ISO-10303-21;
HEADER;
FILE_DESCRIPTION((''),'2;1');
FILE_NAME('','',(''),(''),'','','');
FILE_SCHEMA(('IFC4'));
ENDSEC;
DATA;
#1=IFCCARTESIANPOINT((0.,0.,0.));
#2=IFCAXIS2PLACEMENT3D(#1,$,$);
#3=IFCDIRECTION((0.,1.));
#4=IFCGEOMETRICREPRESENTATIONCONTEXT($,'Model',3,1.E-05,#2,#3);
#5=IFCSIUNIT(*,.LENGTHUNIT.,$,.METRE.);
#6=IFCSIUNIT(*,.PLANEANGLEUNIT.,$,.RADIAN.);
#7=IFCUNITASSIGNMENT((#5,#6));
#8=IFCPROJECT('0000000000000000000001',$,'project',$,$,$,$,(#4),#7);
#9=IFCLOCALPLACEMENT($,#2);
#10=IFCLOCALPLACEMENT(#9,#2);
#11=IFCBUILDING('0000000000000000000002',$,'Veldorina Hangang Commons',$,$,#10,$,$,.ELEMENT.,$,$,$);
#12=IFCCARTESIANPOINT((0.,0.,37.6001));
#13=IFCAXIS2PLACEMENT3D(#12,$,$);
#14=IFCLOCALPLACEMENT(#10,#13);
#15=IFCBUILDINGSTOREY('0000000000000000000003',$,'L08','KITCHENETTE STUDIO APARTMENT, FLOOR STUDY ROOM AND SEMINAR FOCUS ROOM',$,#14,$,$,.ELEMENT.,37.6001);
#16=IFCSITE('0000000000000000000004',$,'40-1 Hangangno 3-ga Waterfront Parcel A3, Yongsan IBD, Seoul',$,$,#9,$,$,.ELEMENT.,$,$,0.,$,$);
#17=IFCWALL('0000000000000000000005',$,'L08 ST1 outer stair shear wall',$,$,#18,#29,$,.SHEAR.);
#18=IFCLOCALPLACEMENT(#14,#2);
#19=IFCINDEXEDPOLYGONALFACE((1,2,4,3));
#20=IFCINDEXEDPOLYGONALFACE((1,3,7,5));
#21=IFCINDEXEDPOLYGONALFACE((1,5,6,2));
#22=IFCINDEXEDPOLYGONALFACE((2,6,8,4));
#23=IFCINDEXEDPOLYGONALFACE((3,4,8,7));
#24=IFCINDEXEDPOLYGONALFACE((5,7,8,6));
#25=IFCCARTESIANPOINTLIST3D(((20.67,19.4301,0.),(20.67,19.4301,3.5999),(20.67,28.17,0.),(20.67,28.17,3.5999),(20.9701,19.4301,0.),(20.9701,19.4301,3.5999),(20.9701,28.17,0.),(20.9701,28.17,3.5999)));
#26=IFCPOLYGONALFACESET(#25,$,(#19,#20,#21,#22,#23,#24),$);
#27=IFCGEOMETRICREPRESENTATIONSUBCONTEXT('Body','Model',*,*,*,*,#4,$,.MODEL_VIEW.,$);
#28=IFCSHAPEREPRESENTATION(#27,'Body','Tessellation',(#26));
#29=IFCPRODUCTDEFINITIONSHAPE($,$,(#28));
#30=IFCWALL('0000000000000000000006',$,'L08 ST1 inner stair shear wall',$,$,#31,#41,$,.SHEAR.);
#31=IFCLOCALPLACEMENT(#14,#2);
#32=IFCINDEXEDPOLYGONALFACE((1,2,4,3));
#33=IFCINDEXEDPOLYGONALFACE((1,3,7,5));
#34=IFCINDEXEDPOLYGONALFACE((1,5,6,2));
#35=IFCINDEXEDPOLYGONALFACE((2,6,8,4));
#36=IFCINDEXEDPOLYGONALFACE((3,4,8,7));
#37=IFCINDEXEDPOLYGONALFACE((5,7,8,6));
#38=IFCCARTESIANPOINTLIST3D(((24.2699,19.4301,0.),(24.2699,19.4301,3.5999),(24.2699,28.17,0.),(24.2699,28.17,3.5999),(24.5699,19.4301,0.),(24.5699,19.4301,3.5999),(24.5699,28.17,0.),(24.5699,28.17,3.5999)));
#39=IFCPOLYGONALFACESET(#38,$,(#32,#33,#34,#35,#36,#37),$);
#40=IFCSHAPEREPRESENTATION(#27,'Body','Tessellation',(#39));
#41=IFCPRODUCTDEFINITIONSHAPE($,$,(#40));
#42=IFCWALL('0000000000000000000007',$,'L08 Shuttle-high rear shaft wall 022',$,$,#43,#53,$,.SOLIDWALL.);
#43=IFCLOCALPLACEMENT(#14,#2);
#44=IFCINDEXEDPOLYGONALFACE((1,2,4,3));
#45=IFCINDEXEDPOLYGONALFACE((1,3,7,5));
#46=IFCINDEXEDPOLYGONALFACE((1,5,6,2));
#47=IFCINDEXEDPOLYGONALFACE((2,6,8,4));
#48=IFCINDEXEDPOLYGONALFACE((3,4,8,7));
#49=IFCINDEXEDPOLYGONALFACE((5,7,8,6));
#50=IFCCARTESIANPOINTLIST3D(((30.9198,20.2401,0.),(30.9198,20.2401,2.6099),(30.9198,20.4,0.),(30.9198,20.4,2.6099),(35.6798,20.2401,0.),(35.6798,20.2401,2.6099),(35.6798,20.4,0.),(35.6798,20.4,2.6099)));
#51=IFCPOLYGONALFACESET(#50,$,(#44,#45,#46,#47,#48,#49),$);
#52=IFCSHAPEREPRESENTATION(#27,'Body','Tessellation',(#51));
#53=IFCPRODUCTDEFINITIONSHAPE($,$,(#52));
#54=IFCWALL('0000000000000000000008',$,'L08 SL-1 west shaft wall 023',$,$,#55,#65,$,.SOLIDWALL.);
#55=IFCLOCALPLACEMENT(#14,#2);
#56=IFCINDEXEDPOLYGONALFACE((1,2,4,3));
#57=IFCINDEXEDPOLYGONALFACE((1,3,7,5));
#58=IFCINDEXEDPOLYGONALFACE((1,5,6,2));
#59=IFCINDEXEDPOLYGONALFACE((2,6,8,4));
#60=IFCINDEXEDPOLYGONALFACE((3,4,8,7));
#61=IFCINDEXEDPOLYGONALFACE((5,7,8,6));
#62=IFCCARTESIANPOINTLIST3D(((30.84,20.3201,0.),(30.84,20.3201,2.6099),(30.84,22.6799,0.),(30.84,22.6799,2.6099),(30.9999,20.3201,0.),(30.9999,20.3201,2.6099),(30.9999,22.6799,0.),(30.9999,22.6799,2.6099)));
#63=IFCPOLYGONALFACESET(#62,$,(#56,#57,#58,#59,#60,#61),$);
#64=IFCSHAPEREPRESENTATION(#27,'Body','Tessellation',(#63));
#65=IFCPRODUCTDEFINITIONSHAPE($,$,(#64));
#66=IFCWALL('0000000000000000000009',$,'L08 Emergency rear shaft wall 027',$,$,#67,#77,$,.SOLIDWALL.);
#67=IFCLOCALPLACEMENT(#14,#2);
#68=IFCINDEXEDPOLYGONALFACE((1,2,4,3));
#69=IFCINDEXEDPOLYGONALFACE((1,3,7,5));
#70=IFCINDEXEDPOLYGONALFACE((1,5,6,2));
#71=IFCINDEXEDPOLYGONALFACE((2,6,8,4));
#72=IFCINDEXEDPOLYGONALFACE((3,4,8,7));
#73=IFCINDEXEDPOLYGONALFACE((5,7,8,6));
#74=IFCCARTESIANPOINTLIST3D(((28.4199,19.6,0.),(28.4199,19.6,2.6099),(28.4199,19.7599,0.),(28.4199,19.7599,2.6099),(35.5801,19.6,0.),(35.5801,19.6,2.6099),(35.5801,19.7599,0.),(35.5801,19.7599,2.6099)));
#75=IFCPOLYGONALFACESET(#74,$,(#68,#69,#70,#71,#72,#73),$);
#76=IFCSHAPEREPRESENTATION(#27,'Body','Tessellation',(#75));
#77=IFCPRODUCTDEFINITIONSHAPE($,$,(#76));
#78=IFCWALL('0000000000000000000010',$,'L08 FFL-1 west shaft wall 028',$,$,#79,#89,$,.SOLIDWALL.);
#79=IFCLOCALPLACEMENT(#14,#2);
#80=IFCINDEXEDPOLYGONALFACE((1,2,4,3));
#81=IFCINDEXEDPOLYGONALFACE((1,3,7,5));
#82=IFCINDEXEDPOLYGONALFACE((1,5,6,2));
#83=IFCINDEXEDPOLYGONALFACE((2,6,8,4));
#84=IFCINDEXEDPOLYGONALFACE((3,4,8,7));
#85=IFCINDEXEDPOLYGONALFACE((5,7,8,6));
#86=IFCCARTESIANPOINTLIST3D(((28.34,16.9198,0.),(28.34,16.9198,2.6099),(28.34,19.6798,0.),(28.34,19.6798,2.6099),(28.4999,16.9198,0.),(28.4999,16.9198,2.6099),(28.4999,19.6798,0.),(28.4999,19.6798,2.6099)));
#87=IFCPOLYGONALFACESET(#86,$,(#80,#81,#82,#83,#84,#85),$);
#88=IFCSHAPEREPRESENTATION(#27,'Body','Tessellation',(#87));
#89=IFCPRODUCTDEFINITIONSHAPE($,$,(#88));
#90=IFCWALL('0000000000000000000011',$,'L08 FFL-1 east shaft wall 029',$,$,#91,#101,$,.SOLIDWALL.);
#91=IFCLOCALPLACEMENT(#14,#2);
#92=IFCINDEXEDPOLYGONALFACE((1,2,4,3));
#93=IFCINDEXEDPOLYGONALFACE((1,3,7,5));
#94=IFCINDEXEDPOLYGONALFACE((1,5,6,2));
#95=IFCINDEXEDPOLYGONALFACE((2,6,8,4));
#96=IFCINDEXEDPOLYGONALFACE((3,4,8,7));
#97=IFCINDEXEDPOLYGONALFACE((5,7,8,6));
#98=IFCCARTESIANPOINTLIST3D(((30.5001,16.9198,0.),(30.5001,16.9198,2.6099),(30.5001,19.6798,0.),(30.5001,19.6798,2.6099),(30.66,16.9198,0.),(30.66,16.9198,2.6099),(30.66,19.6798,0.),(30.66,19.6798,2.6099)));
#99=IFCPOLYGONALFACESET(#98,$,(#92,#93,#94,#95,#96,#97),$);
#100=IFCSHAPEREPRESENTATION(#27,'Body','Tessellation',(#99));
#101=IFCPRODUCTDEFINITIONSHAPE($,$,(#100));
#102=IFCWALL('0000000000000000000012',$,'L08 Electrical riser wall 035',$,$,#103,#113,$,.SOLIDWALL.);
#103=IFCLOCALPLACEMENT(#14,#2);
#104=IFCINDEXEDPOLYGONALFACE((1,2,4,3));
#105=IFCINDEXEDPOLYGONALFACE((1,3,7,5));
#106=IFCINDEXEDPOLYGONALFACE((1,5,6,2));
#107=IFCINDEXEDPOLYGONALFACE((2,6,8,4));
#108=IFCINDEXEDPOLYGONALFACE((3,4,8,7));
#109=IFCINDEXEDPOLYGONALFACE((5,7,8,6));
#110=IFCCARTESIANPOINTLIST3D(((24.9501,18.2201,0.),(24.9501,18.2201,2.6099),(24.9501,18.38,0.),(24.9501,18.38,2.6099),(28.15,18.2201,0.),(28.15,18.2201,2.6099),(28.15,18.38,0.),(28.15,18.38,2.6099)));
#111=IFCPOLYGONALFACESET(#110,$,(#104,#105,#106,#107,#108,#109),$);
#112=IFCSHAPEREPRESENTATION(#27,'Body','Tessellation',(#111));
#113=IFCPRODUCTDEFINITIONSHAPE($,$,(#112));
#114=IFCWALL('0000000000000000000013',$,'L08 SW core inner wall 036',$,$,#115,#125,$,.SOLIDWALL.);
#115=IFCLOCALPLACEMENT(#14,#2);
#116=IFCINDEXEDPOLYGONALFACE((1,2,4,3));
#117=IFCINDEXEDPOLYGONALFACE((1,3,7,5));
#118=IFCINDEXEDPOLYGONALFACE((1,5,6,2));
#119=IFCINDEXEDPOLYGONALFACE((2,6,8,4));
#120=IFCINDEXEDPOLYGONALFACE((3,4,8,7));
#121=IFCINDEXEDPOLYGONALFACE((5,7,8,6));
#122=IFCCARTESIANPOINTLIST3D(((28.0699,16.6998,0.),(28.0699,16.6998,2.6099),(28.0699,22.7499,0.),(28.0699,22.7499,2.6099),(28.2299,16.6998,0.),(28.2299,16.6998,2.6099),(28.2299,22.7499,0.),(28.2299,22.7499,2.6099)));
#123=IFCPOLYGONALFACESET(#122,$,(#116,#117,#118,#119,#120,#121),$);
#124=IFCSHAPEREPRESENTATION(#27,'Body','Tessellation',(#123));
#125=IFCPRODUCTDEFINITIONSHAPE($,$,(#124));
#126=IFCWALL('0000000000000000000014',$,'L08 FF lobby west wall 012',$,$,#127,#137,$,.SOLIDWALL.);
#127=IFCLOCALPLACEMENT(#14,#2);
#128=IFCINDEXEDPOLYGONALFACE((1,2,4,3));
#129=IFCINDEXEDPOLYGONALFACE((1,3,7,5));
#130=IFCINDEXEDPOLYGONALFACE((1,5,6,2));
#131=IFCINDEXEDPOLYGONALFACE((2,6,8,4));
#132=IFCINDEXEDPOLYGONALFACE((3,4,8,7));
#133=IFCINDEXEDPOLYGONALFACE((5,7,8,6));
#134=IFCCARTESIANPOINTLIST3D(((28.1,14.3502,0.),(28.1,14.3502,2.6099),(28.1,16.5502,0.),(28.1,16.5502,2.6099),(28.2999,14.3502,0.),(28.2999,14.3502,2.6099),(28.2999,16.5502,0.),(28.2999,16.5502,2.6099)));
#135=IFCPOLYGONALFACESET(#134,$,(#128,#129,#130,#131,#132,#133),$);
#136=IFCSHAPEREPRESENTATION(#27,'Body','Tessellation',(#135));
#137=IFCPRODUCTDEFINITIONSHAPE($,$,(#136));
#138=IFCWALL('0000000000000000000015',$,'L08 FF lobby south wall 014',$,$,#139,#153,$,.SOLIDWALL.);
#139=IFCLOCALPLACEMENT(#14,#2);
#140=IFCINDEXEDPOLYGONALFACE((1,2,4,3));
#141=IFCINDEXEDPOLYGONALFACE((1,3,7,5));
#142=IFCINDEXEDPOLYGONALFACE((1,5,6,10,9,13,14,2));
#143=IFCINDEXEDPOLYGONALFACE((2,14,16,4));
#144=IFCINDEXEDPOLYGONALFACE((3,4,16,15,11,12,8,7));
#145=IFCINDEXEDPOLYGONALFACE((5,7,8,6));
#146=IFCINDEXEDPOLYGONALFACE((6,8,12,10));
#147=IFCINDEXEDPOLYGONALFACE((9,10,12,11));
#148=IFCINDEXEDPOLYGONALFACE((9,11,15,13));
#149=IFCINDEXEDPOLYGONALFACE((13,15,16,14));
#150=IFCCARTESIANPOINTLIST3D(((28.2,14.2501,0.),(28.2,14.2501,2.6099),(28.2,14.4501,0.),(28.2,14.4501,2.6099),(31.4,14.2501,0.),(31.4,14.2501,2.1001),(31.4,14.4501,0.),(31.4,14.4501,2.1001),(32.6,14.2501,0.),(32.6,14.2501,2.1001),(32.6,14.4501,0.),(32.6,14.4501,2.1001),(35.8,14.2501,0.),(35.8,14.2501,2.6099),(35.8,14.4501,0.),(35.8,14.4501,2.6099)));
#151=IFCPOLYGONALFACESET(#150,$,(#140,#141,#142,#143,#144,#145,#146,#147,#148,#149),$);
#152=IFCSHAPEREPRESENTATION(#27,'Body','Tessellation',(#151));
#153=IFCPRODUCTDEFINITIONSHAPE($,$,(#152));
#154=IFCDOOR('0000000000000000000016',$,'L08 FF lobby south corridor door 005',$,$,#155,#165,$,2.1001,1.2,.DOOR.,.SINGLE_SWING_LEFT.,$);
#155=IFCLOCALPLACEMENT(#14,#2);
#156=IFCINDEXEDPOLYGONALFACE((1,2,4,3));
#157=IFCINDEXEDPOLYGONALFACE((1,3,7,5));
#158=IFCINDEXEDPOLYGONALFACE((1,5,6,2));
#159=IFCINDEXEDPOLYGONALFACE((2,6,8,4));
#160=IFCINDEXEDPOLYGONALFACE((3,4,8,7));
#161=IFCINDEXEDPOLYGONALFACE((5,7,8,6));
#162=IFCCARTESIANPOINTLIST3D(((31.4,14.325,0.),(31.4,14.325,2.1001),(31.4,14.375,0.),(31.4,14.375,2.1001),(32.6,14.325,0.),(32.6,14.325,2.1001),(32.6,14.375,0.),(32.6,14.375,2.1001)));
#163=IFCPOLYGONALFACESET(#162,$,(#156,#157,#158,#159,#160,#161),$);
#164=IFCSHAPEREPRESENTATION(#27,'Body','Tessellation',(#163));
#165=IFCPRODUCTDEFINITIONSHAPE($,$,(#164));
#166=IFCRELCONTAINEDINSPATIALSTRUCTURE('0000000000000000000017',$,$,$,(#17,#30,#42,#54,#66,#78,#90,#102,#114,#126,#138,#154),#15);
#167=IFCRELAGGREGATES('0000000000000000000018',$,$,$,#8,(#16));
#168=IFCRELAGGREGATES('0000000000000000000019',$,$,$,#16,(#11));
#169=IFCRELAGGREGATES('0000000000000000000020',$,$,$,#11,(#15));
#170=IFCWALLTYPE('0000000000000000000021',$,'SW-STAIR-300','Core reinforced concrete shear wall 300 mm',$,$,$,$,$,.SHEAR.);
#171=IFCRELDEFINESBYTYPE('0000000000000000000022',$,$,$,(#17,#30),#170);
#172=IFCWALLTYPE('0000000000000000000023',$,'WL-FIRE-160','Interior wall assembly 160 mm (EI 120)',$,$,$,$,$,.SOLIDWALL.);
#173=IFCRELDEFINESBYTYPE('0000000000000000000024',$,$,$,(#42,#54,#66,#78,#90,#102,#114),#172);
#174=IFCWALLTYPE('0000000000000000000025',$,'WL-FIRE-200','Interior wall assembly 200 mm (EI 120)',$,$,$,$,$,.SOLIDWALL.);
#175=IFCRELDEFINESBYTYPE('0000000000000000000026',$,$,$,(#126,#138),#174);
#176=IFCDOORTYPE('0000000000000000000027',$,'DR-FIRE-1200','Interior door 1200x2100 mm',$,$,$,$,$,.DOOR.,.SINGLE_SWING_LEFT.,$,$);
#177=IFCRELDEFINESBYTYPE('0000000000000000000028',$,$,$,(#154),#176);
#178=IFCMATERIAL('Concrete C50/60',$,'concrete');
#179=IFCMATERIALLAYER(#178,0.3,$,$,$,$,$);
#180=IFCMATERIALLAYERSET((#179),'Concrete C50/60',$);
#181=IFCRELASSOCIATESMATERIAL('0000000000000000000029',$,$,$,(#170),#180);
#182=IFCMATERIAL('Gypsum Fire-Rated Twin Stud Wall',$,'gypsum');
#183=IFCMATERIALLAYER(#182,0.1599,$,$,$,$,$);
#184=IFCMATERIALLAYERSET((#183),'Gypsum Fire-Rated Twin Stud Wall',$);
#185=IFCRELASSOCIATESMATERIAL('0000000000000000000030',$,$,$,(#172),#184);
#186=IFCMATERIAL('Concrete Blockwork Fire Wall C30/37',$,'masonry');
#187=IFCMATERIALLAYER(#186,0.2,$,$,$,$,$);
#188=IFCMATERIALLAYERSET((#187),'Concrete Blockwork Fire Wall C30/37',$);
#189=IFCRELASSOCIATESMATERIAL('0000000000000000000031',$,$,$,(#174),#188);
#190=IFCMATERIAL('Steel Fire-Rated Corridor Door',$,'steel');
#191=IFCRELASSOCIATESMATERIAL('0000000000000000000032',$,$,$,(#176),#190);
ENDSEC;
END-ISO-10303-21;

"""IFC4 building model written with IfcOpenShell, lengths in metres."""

from ifc_helpers import new_model, si_unit, direction, frame, frame_2d, origin, place, context, subcontext, project, spatial, rectangle, extrude, material, layer, layer_set, type_object, element, fill, save


model = new_model("IFC4")

# Units and contexts
model_context = context("Model", 3, precision=1e-05, world=origin(), true_north=direction((0.0, 1.0)))
body_context = subcontext(model_context, "Body", "Model", "MODEL_VIEW")
ifc_project = project(units=[si_unit("LENGTHUNIT", "METRE"), si_unit("PLANEANGLEUNIT", "RADIAN")], contexts=[model_context])

# Site, building, storey
site_placement = place(None, origin())
site = spatial("IfcSite", under=ifc_project, at=site_placement, Name="40-1 Hangangno 3-ga Waterfront Parcel A3, Yongsan IBD, Seoul", CompositionType="ELEMENT", RefElevation=0.0)
building_placement = place(site_placement, origin())
building = spatial("IfcBuilding", under=site, at=building_placement, Name="Veldorina Hangang Commons", CompositionType="ELEMENT")
storey_placement = place(building_placement, frame((0.0, 0.0, 37.6001)))
storey = spatial("IfcBuildingStorey", under=building, at=storey_placement, Name="L08", Description="KITCHENETTE STUDIO APARTMENT, FLOOR STUDY ROOM AND SEMINAR FOCUS ROOM", CompositionType="ELEMENT", Elevation=37.6001)

# Walls
ifc_material_1 = material(Name="Concrete C50/60", Category="concrete")
ifc_layer_1 = layer(ifc_material_1, 0.3)
ifc_layer_set_1 = layer_set([ifc_layer_1], Name="Concrete C50/60")
wall_type_1 = type_object("IfcWallType", Name="SW-STAIR-300", Description="Core reinforced concrete shear wall 300 mm", PredefinedType="SHEAR", material=ifc_layer_set_1)
for number, where, z_axis, x_axis, name in (
    (1, (20.8201, 19.4299, 0.0), (0.0, 0.0, 1.0), (0.0, 1.0, 0.0), "L08 ST1 outer stair shear wall"),
    (2, (24.4199, 19.4299, 0.0), (0.0, 0.0, 1.0), (0.0, 1.0, 0.0), "L08 ST1 inner stair shear wall"),
):
    element("IfcWall", number, at=place(storey_placement, frame(where, z_axis=z_axis, x_axis=x_axis)), inside=storey, type_object=wall_type_1, Name=name, PredefinedType="SHEAR", context=body_context, shape_type="SweptSolid", body=[
        extrude(rectangle(XDim=8.74, YDim=0.3, at=frame_2d((4.3701, 0.0))), origin(), (0.0, 0.0, 1.0), 3.5999),
    ])
ifc_material_2 = material(Name="Gypsum Fire-Rated Twin Stud Wall", Category="gypsum")
ifc_layer_2 = layer(ifc_material_2, 0.1599)
ifc_layer_set_2 = layer_set([ifc_layer_2], Name="Gypsum Fire-Rated Twin Stud Wall")
wall_type_2 = type_object("IfcWallType", Name="WL-FIRE-160", Description="Interior wall assembly 160 mm (EI 120)", PredefinedType="SOLIDWALL", material=ifc_layer_set_2)
wall_1_placement = place(storey_placement, frame((30.9199, 20.3201, 0.0), z_axis=(0.0, 0.0, 1.0), x_axis=(1.0, 0.0, 0.0)))
element("IfcWall", 3, at=wall_1_placement, inside=storey, type_object=wall_type_2, Name="L08 Shuttle-high rear shaft wall 022", PredefinedType="SOLIDWALL", context=body_context, shape_type="SweptSolid", body=[
    extrude(rectangle(XDim=4.76, YDim=0.1599, at=frame_2d((2.3799, 0.0))), origin(), (0.0, 0.0, 1.0), 2.6099),
])
wall_2_placement = place(storey_placement, frame((30.9199, 20.3201, 0.0), z_axis=(0.0, 0.0, 1.0), x_axis=(0.0, 1.0, 0.0)))
element("IfcWall", 4, at=wall_2_placement, inside=storey, type_object=wall_type_2, Name="L08 SL-1 west shaft wall 023", PredefinedType="SOLIDWALL", context=body_context, shape_type="SweptSolid", body=[
    extrude(rectangle(XDim=2.3599, YDim=0.1599, at=frame_2d((1.1799, 0.0))), origin(), (0.0, 0.0, 1.0), 2.6099),
])

# Walls
wall_3_placement = place(storey_placement, frame((28.4199, 19.6799, 0.0), z_axis=(0.0, 0.0, 1.0), x_axis=(1.0, 0.0, 0.0)))
element("IfcWall", 5, at=wall_3_placement, inside=storey, type_object=wall_type_2, Name="L08 Emergency rear shaft wall 027", PredefinedType="SOLIDWALL", context=body_context, shape_type="SweptSolid", body=[
    extrude(rectangle(XDim=7.1602, YDim=0.1599, at=frame_2d((3.5801, 0.0))), origin(), (0.0, 0.0, 1.0), 2.6099),
])
for number, where, z_axis, x_axis, name in (
    (6, (28.4199, 16.9199, 0.0), (0.0, 0.0, 1.0), (0.0, 1.0, 0.0), "L08 FFL-1 west shaft wall 028"),
    (7, (30.5801, 16.9199, 0.0), (0.0, 0.0, 1.0), (0.0, 1.0, 0.0), "L08 FFL-1 east shaft wall 029"),
):
    element("IfcWall", number, at=place(storey_placement, frame(where, z_axis=z_axis, x_axis=x_axis)), inside=storey, type_object=wall_type_2, Name=name, PredefinedType="SOLIDWALL", context=body_context, shape_type="SweptSolid", body=[
        extrude(rectangle(XDim=2.76, YDim=0.1599, at=frame_2d((1.3799, 0.0))), origin(), (0.0, 0.0, 1.0), 2.6099),
    ])
wall_4_placement = place(storey_placement, frame((24.95, 18.3, 0.0), z_axis=(0.0, 0.0, 1.0), x_axis=(1.0, 0.0, 0.0)))
element("IfcWall", 8, at=wall_4_placement, inside=storey, type_object=wall_type_2, Name="L08 Electrical riser wall 035", PredefinedType="SOLIDWALL", context=body_context, shape_type="SweptSolid", body=[
    extrude(rectangle(XDim=3.2, YDim=0.1599, at=frame_2d((1.6001, 0.0))), origin(), (0.0, 0.0, 1.0), 2.6099),
])
wall_5_placement = place(storey_placement, frame((28.1499, 16.7, 0.0), z_axis=(0.0, 0.0, 1.0), x_axis=(0.0, 1.0, 0.0)))
element("IfcWall", 9, at=wall_5_placement, inside=storey, type_object=wall_type_2, Name="L08 SW core inner wall 036", PredefinedType="SOLIDWALL", context=body_context, shape_type="SweptSolid", body=[
    extrude(rectangle(XDim=6.05, YDim=0.1599, at=frame_2d((3.0249, 0.0))), origin(), (0.0, 0.0, 1.0), 2.6099),
])
ifc_material_3 = material(Name="Concrete Blockwork Fire Wall C30/37", Category="masonry")
ifc_layer_3 = layer(ifc_material_3, 0.2)
ifc_layer_set_3 = layer_set([ifc_layer_3], Name="Concrete Blockwork Fire Wall C30/37")
wall_type_3 = type_object("IfcWallType", Name="WL-FIRE-200", Description="Interior wall assembly 200 mm (EI 120)", PredefinedType="SOLIDWALL", material=ifc_layer_set_3)
wall_6_placement = place(storey_placement, frame((28.2, 14.3501, 0.0), z_axis=(0.0, 0.0, 1.0), x_axis=(0.0, 1.0, 0.0)))
element("IfcWall", 10, at=wall_6_placement, inside=storey, type_object=wall_type_3, Name="L08 FF lobby west wall 012", PredefinedType="SOLIDWALL", context=body_context, shape_type="SweptSolid", body=[
    extrude(rectangle(XDim=2.2, YDim=0.2, at=frame_2d((1.1001, 0.0))), origin(), (0.0, 0.0, 1.0), 2.6099),
])

# Wall, opening, door
wall_7_placement = place(storey_placement, frame((28.2, 14.3501, 0.0), z_axis=(0.0, 0.0, 1.0), x_axis=(1.0, 0.0, 0.0)))
wall_7 = element("IfcWall", 11, at=wall_7_placement, inside=storey, type_object=wall_type_3, Name="L08 FF lobby south wall 014", PredefinedType="SOLIDWALL", context=body_context, shape_type="SweptSolid", body=[
    extrude(rectangle(XDim=7.6001, YDim=0.2, at=frame_2d((3.8, 0.0))), origin(), (0.0, 0.0, 1.0), 2.6099),
])
opening_1_placement = place(wall_7_placement, frame((3.2, 0.0, 0.0)))
opening_1 = element("IfcOpeningElement", 12, at=opening_1_placement, cuts=wall_7, PredefinedType="OPENING", context=body_context, shape_type="SweptSolid", body=[
    extrude(rectangle(XDim=1.2, YDim=2.1001, at=frame_2d((0.6001, 1.05))), frame((0.0, 0.1099, 0.0), z_axis=(0.0, -1.0, 0.0), x_axis=(1.0, 0.0, 0.0)), (0.0, 0.0, 1.0), 0.22),
])
ifc_material_4 = material(Name="Steel Fire-Rated Corridor Door", Category="steel")
door_type_1 = type_object("IfcDoorType", Name="DR-FIRE-1200", Description="Interior door 1200x2100 mm", OperationType="SINGLE_SWING_LEFT", PredefinedType="DOOR", material=ifc_material_4)
door_1_placement = place(opening_1_placement, origin())
door_1 = element("IfcDoor", 13, at=door_1_placement, inside=storey, type_object=door_type_1, Name="L08 FF lobby south corridor door 005", OperationType="SINGLE_SWING_LEFT", OverallHeight=2.1001, OverallWidth=1.2, PredefinedType="DOOR", context=body_context, shape_type="SweptSolid", body=[
    extrude(rectangle(XDim=1.2, YDim=2.1001, at=frame_2d((0.6001, 1.05))), frame((0.0, 0.0249, 0.0), z_axis=(0.0, -1.0, 0.0), x_axis=(1.0, 0.0, 0.0)), (0.0, 0.0, 1.0), 0.05),
])
fill(opening_1, door_1)

save(model, "model.ifc")
